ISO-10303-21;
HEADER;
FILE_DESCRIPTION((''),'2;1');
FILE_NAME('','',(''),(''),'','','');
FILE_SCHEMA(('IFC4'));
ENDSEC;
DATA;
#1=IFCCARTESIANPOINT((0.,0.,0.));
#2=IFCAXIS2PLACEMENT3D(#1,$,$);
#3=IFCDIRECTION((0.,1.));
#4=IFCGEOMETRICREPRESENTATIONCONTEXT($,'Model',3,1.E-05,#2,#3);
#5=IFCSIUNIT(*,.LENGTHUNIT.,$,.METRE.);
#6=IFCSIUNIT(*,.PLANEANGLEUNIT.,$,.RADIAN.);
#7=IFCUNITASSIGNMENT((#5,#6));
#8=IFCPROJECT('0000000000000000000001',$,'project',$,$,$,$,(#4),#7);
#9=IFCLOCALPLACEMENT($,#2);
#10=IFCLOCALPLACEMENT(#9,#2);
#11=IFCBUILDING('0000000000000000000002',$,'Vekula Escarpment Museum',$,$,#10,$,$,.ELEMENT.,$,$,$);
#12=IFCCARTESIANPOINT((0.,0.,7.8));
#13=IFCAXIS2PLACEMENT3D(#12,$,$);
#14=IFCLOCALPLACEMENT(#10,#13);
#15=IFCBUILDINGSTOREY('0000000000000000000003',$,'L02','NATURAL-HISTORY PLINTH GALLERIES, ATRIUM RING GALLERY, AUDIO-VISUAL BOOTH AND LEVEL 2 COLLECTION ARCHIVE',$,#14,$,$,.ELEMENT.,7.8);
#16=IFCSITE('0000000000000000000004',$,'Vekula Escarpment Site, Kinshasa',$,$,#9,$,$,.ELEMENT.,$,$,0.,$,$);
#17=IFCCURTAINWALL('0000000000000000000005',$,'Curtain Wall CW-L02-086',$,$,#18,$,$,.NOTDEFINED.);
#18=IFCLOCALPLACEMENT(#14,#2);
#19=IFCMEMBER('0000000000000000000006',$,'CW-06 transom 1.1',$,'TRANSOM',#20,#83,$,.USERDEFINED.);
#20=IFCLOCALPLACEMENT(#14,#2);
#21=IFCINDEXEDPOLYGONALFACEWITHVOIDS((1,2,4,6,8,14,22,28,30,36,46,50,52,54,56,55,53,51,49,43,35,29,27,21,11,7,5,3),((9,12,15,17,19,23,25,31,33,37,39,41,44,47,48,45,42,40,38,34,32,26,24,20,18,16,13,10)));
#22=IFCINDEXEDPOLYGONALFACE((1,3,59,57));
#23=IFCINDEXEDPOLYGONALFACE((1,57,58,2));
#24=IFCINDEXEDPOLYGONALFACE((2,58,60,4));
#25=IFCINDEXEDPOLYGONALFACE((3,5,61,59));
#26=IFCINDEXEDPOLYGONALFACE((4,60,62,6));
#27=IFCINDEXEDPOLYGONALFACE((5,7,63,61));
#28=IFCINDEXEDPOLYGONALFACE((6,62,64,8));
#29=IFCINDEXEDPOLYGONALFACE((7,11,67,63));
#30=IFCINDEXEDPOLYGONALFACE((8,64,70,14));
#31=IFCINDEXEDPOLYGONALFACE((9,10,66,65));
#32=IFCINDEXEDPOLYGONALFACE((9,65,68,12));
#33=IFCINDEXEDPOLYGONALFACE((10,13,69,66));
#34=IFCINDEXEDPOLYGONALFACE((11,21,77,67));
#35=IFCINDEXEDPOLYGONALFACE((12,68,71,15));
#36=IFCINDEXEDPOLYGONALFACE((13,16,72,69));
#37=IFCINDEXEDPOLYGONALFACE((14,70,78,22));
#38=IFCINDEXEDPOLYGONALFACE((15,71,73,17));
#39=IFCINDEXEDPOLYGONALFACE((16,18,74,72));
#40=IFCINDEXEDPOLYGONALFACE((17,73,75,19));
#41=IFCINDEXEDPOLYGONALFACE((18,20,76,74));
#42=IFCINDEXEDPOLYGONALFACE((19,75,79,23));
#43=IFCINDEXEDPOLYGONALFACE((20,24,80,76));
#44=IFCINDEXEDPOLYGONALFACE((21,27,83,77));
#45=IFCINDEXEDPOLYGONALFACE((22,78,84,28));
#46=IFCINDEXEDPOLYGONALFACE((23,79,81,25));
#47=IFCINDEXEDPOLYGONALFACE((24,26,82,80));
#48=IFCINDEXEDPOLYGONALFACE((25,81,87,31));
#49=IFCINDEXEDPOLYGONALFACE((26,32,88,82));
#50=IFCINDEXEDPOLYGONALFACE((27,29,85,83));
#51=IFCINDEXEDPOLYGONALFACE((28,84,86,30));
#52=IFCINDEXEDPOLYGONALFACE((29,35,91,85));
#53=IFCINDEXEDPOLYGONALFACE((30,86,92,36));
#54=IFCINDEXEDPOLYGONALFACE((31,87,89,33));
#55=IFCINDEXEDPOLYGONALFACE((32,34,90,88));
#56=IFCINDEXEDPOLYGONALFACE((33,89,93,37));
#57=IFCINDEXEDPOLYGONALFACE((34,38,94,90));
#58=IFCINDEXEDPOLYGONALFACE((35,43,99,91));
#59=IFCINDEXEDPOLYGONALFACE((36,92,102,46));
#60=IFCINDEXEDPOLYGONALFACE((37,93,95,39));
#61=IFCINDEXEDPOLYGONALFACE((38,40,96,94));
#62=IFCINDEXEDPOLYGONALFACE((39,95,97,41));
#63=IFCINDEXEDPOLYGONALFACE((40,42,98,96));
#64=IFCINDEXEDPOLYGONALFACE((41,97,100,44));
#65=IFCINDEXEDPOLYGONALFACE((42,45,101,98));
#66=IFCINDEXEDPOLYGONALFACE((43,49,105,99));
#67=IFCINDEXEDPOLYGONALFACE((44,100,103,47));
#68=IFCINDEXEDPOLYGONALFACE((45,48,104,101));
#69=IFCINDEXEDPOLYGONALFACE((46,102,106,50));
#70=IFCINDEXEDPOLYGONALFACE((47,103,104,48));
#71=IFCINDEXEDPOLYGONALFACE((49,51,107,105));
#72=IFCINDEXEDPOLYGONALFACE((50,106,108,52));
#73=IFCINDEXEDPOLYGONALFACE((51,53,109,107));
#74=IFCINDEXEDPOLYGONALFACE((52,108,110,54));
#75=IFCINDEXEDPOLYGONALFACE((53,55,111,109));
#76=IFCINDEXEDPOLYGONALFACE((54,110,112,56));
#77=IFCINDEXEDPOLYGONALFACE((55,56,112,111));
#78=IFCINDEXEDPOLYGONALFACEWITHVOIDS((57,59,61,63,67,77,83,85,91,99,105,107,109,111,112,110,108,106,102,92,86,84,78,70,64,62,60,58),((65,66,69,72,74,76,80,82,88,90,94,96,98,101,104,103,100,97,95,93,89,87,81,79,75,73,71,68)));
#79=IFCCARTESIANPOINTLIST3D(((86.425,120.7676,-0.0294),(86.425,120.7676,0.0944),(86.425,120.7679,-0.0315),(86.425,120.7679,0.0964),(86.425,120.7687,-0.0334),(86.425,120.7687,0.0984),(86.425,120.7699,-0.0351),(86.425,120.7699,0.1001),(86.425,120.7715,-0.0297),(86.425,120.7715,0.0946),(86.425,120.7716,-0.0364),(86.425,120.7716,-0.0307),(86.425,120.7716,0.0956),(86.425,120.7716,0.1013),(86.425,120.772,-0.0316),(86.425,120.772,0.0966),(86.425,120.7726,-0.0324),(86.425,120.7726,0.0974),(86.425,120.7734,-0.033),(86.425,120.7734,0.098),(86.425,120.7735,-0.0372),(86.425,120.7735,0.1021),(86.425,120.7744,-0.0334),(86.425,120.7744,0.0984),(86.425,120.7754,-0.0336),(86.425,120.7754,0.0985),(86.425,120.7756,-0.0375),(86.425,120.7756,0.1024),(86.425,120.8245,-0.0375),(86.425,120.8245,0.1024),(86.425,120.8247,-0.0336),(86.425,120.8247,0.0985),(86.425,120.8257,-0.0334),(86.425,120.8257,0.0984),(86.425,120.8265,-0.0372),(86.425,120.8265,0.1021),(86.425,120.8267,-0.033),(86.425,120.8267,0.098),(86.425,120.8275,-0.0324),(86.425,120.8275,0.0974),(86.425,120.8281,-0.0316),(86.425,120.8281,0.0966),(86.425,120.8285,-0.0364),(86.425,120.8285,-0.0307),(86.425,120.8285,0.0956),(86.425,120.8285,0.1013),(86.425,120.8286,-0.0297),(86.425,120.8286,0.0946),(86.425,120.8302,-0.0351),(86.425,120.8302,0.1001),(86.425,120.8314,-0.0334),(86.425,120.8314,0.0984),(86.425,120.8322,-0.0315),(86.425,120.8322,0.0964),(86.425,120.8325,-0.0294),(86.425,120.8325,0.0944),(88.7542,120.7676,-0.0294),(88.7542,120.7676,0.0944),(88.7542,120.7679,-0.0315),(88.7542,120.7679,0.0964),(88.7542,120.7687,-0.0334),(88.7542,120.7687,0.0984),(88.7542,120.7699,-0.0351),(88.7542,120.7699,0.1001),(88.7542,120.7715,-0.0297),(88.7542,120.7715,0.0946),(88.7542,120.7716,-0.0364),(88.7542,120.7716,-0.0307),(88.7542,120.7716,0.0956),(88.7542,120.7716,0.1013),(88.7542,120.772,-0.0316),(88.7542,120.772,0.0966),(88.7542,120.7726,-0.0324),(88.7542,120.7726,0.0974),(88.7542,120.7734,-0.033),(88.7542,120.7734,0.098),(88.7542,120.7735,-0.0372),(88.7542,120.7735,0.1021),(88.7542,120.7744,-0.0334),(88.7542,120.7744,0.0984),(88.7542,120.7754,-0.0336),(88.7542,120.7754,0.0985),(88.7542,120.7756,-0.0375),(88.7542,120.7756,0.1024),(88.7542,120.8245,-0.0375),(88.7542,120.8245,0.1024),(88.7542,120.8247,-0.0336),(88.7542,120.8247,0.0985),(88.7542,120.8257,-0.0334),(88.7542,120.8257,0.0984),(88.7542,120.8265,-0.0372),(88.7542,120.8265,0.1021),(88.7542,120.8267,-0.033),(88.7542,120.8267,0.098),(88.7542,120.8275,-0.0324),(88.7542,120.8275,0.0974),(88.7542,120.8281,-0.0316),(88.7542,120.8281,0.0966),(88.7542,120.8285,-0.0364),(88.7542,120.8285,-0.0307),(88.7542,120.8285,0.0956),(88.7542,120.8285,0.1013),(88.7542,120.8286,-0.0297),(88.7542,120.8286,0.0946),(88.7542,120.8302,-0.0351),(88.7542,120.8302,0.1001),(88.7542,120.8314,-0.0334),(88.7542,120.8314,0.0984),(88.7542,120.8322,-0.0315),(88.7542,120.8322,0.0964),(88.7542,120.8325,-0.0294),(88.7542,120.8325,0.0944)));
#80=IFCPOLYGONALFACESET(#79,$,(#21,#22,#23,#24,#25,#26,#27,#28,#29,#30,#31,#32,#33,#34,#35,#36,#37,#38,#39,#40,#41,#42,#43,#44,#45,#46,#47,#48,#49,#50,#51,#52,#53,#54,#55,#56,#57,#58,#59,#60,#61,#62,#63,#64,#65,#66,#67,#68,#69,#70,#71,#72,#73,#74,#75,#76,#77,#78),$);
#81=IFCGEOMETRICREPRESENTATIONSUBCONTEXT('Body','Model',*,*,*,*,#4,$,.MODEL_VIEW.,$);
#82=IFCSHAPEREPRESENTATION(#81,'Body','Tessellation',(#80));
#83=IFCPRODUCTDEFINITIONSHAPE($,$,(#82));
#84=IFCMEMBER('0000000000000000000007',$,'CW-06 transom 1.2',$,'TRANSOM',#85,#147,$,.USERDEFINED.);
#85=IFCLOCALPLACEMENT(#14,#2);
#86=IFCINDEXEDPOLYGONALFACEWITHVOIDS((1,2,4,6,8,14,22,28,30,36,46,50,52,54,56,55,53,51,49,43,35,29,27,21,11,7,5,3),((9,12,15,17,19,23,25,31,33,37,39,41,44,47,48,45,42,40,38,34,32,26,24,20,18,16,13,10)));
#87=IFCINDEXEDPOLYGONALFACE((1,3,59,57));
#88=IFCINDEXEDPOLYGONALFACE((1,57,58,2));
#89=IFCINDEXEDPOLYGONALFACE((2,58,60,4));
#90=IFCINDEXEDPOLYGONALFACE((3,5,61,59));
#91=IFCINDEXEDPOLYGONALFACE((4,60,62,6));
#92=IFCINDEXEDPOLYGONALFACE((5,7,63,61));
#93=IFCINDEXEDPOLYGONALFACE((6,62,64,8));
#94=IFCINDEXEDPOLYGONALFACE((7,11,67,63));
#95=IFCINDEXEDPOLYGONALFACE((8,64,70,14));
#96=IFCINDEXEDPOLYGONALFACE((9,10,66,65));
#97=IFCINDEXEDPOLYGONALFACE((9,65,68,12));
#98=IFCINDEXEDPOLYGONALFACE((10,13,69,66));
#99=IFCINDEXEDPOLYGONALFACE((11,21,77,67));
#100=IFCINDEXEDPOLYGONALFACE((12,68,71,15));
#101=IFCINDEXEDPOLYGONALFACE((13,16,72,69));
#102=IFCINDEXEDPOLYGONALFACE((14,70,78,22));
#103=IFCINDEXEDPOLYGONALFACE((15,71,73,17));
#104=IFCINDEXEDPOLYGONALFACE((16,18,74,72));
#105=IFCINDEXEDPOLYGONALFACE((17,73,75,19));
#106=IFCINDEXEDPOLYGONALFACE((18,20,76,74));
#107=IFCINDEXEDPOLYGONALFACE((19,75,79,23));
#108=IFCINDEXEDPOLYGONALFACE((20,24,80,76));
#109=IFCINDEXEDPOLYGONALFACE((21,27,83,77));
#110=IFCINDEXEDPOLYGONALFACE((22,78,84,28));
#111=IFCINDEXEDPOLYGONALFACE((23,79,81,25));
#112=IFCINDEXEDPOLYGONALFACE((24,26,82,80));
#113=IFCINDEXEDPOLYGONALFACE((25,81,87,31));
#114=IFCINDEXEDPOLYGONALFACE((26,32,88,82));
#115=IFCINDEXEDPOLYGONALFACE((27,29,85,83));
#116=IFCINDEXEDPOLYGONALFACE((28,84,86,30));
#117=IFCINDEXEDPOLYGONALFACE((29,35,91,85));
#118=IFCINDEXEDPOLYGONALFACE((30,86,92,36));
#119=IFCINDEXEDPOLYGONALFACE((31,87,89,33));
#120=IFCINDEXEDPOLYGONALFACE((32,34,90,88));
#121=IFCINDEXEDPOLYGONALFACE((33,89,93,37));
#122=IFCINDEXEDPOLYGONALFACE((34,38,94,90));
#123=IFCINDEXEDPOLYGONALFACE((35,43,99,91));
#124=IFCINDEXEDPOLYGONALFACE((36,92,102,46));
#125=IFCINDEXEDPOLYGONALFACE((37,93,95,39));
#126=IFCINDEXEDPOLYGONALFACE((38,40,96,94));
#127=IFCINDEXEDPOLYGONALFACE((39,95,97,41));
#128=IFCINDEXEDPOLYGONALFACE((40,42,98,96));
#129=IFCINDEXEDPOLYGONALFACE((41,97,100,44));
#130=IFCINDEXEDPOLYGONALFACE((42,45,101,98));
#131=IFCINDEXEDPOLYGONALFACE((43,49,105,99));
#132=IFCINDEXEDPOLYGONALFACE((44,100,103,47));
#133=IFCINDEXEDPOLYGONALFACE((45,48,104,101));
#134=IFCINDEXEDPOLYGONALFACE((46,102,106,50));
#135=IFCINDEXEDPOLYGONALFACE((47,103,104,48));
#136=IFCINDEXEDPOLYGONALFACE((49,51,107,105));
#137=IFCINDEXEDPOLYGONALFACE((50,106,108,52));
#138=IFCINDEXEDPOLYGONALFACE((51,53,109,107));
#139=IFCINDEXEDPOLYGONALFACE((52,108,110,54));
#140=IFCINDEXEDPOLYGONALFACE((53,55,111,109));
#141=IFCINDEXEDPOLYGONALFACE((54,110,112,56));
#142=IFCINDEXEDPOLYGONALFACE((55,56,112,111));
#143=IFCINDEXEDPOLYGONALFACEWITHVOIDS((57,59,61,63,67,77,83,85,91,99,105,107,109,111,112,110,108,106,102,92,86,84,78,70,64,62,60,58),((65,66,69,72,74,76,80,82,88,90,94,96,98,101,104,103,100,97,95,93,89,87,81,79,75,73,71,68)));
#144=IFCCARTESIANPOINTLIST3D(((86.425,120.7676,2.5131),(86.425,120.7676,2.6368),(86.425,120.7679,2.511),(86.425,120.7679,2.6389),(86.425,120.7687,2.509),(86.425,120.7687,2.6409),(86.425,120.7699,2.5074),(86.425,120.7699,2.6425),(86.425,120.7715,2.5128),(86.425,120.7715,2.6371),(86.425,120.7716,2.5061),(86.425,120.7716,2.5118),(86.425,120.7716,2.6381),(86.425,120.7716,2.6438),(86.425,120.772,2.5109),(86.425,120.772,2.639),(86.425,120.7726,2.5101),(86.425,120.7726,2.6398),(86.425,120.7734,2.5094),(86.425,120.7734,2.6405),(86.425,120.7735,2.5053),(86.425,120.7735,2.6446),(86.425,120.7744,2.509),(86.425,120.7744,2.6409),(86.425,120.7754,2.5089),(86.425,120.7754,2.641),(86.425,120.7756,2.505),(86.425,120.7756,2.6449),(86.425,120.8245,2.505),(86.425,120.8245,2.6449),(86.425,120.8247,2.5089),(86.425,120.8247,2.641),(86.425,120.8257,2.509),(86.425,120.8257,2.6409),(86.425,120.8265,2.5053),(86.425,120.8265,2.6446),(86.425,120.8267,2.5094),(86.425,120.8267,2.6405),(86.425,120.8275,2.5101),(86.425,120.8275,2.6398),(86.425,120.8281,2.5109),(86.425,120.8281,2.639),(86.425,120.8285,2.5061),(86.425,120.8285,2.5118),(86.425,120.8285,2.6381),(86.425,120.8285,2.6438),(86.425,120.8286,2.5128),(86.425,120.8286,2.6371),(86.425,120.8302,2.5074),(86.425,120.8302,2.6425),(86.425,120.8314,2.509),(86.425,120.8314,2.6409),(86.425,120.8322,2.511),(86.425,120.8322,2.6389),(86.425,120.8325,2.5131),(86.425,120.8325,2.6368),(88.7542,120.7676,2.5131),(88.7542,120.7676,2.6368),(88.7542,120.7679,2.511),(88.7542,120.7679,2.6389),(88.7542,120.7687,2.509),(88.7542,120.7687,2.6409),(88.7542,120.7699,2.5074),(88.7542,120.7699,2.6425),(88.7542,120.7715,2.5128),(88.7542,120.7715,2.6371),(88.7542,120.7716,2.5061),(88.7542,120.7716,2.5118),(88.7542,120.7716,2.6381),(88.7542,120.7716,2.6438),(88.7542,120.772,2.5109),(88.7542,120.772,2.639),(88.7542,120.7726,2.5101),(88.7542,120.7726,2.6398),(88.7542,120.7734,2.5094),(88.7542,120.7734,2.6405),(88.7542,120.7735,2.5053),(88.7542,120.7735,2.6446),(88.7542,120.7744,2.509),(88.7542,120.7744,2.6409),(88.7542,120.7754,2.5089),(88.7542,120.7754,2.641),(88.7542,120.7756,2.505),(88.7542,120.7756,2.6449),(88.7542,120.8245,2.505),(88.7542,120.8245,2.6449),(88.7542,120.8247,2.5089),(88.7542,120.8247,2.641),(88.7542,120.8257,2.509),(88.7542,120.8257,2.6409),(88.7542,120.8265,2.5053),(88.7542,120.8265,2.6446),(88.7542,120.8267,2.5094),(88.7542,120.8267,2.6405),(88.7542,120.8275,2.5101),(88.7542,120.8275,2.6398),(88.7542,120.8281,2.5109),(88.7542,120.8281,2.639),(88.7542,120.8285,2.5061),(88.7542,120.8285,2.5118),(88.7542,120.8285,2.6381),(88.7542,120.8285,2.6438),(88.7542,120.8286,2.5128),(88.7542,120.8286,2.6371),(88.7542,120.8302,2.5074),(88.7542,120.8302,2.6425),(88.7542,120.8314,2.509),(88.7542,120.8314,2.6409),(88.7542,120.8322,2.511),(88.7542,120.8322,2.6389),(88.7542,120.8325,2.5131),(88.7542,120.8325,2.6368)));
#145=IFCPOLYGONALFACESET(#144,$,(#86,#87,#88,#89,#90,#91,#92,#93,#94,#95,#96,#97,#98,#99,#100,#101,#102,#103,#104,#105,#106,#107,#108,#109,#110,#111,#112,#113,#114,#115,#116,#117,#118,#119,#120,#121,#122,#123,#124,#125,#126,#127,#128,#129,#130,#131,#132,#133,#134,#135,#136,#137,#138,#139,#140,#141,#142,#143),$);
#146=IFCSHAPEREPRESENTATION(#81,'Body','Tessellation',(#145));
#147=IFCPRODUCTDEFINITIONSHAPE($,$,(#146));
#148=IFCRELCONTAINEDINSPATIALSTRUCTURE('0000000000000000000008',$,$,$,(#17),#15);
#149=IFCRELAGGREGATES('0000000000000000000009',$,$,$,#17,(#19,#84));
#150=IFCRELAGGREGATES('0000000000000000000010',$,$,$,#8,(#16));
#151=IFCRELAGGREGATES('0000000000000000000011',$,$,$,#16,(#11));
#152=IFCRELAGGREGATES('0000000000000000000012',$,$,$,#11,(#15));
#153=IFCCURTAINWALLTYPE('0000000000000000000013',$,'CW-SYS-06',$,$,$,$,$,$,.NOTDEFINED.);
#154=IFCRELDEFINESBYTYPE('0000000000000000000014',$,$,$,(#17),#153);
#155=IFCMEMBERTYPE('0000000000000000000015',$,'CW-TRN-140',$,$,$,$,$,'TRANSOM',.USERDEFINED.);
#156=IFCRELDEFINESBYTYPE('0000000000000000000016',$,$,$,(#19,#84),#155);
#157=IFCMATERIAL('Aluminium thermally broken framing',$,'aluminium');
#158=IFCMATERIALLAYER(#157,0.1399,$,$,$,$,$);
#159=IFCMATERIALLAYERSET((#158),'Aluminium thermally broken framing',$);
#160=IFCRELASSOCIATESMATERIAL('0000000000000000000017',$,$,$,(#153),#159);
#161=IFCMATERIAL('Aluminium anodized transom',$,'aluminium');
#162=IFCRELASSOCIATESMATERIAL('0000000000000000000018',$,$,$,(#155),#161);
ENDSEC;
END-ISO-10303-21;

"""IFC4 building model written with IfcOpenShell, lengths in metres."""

from ifc_helpers import new_model, si_unit, direction, frame, origin, origin_2d, place, context, subcontext, project, spatial, hollow_rectangle, extrude, material, layer, layer_set, material_profile, profile_set, type_object, element, aggregate, save


model = new_model("IFC4")

# Units and contexts
model_context = context("Model", 3, precision=1e-05, world=origin(), true_north=direction((0.0, 1.0)))
body_context = subcontext(model_context, "Body", "Model", "MODEL_VIEW")
ifc_project = project(units=[si_unit("LENGTHUNIT", "METRE"), si_unit("PLANEANGLEUNIT", "RADIAN")], contexts=[model_context])

# Site, building, storey
site_placement = place(None, origin())
site = spatial("IfcSite", under=ifc_project, at=site_placement, Name="Vekula Escarpment Site, Kinshasa", CompositionType="ELEMENT", RefElevation=0.0)
building_placement = place(site_placement, origin())
building = spatial("IfcBuilding", under=site, at=building_placement, Name="Vekula Escarpment Museum", CompositionType="ELEMENT")
storey_placement = place(building_placement, frame((0.0, 0.0, 7.8)))
storey = spatial("IfcBuildingStorey", under=building, at=storey_placement, Name="L02", Description="NATURAL-HISTORY PLINTH GALLERIES, ATRIUM RING GALLERY, AUDIO-VISUAL BOOTH AND LEVEL 2 COLLECTION ARCHIVE", CompositionType="ELEMENT", Elevation=7.8)

# Curtain wall, members
ifc_material_1 = material(Name="Aluminium thermally broken framing", Category="aluminium")
ifc_layer_1 = layer(ifc_material_1, 0.1399)
ifc_layer_set_1 = layer_set([ifc_layer_1], Name="Aluminium thermally broken framing")
curtain_wall_type = type_object("IfcCurtainWallType", Name="CW-SYS-06", PredefinedType="NOTDEFINED", material=ifc_layer_set_1)
curtain_wall_placement = place(storey_placement, origin())
curtain_wall = element("IfcCurtainWall", 1, at=curtain_wall_placement, inside=storey, type_object=curtain_wall_type, Name="Curtain Wall CW-L02-086", PredefinedType="NOTDEFINED")
ifc_material_2 = material(Name="Aluminium anodized transom", Category="aluminium")
ifc_material_profile_1 = material_profile(ifc_material_2, hollow_rectangle(XDim=0.0649, YDim=0.1399, WallThickness=0.0039, InnerFilletRadius=0.0039, OuterFilletRadius=0.0081, at=origin_2d()), Name="ALU 140x65x4")
ifc_profile_set_1 = profile_set([ifc_material_profile_1], Name="Aluminium anodized transom")
member_type_1 = type_object("IfcMemberType", Name="CW-TRN-140", ElementType="TRANSOM", PredefinedType="USERDEFINED", material=ifc_profile_set_1)
member_1_placement = place(storey_placement, frame((86.425, 120.8, 0.0325), z_axis=(1.0, 0.0, 0.0), x_axis=(0.0, 1.0, 0.0)))
member_1 = element("IfcMember", 2, at=member_1_placement, type_object=member_type_1, Name="CW-06 transom 1.1", ObjectType="TRANSOM", PredefinedType="USERDEFINED", context=body_context, shape_type="SweptSolid", body=[
    extrude(hollow_rectangle(XDim=0.0649, YDim=0.1399, WallThickness=0.0039, InnerFilletRadius=0.0039, OuterFilletRadius=0.0081, at=origin_2d()), origin(), (0.0, 0.0, 1.0), 2.3291),
])
member_2_placement = place(storey_placement, frame((86.425, 120.8, 2.575), z_axis=(1.0, 0.0, 0.0), x_axis=(0.0, 1.0, 0.0)))
member_2 = element("IfcMember", 3, at=member_2_placement, type_object=member_type_1, Name="CW-06 transom 1.2", ObjectType="TRANSOM", PredefinedType="USERDEFINED", context=body_context, shape_type="SweptSolid", body=[
    extrude(hollow_rectangle(XDim=0.0649, YDim=0.1399, WallThickness=0.0039, InnerFilletRadius=0.0039, OuterFilletRadius=0.0081, at=origin_2d()), origin(), (0.0, 0.0, 1.0), 2.3291),
])
aggregate(curtain_wall, [member_1, member_2])

save(model, "model.ifc")
